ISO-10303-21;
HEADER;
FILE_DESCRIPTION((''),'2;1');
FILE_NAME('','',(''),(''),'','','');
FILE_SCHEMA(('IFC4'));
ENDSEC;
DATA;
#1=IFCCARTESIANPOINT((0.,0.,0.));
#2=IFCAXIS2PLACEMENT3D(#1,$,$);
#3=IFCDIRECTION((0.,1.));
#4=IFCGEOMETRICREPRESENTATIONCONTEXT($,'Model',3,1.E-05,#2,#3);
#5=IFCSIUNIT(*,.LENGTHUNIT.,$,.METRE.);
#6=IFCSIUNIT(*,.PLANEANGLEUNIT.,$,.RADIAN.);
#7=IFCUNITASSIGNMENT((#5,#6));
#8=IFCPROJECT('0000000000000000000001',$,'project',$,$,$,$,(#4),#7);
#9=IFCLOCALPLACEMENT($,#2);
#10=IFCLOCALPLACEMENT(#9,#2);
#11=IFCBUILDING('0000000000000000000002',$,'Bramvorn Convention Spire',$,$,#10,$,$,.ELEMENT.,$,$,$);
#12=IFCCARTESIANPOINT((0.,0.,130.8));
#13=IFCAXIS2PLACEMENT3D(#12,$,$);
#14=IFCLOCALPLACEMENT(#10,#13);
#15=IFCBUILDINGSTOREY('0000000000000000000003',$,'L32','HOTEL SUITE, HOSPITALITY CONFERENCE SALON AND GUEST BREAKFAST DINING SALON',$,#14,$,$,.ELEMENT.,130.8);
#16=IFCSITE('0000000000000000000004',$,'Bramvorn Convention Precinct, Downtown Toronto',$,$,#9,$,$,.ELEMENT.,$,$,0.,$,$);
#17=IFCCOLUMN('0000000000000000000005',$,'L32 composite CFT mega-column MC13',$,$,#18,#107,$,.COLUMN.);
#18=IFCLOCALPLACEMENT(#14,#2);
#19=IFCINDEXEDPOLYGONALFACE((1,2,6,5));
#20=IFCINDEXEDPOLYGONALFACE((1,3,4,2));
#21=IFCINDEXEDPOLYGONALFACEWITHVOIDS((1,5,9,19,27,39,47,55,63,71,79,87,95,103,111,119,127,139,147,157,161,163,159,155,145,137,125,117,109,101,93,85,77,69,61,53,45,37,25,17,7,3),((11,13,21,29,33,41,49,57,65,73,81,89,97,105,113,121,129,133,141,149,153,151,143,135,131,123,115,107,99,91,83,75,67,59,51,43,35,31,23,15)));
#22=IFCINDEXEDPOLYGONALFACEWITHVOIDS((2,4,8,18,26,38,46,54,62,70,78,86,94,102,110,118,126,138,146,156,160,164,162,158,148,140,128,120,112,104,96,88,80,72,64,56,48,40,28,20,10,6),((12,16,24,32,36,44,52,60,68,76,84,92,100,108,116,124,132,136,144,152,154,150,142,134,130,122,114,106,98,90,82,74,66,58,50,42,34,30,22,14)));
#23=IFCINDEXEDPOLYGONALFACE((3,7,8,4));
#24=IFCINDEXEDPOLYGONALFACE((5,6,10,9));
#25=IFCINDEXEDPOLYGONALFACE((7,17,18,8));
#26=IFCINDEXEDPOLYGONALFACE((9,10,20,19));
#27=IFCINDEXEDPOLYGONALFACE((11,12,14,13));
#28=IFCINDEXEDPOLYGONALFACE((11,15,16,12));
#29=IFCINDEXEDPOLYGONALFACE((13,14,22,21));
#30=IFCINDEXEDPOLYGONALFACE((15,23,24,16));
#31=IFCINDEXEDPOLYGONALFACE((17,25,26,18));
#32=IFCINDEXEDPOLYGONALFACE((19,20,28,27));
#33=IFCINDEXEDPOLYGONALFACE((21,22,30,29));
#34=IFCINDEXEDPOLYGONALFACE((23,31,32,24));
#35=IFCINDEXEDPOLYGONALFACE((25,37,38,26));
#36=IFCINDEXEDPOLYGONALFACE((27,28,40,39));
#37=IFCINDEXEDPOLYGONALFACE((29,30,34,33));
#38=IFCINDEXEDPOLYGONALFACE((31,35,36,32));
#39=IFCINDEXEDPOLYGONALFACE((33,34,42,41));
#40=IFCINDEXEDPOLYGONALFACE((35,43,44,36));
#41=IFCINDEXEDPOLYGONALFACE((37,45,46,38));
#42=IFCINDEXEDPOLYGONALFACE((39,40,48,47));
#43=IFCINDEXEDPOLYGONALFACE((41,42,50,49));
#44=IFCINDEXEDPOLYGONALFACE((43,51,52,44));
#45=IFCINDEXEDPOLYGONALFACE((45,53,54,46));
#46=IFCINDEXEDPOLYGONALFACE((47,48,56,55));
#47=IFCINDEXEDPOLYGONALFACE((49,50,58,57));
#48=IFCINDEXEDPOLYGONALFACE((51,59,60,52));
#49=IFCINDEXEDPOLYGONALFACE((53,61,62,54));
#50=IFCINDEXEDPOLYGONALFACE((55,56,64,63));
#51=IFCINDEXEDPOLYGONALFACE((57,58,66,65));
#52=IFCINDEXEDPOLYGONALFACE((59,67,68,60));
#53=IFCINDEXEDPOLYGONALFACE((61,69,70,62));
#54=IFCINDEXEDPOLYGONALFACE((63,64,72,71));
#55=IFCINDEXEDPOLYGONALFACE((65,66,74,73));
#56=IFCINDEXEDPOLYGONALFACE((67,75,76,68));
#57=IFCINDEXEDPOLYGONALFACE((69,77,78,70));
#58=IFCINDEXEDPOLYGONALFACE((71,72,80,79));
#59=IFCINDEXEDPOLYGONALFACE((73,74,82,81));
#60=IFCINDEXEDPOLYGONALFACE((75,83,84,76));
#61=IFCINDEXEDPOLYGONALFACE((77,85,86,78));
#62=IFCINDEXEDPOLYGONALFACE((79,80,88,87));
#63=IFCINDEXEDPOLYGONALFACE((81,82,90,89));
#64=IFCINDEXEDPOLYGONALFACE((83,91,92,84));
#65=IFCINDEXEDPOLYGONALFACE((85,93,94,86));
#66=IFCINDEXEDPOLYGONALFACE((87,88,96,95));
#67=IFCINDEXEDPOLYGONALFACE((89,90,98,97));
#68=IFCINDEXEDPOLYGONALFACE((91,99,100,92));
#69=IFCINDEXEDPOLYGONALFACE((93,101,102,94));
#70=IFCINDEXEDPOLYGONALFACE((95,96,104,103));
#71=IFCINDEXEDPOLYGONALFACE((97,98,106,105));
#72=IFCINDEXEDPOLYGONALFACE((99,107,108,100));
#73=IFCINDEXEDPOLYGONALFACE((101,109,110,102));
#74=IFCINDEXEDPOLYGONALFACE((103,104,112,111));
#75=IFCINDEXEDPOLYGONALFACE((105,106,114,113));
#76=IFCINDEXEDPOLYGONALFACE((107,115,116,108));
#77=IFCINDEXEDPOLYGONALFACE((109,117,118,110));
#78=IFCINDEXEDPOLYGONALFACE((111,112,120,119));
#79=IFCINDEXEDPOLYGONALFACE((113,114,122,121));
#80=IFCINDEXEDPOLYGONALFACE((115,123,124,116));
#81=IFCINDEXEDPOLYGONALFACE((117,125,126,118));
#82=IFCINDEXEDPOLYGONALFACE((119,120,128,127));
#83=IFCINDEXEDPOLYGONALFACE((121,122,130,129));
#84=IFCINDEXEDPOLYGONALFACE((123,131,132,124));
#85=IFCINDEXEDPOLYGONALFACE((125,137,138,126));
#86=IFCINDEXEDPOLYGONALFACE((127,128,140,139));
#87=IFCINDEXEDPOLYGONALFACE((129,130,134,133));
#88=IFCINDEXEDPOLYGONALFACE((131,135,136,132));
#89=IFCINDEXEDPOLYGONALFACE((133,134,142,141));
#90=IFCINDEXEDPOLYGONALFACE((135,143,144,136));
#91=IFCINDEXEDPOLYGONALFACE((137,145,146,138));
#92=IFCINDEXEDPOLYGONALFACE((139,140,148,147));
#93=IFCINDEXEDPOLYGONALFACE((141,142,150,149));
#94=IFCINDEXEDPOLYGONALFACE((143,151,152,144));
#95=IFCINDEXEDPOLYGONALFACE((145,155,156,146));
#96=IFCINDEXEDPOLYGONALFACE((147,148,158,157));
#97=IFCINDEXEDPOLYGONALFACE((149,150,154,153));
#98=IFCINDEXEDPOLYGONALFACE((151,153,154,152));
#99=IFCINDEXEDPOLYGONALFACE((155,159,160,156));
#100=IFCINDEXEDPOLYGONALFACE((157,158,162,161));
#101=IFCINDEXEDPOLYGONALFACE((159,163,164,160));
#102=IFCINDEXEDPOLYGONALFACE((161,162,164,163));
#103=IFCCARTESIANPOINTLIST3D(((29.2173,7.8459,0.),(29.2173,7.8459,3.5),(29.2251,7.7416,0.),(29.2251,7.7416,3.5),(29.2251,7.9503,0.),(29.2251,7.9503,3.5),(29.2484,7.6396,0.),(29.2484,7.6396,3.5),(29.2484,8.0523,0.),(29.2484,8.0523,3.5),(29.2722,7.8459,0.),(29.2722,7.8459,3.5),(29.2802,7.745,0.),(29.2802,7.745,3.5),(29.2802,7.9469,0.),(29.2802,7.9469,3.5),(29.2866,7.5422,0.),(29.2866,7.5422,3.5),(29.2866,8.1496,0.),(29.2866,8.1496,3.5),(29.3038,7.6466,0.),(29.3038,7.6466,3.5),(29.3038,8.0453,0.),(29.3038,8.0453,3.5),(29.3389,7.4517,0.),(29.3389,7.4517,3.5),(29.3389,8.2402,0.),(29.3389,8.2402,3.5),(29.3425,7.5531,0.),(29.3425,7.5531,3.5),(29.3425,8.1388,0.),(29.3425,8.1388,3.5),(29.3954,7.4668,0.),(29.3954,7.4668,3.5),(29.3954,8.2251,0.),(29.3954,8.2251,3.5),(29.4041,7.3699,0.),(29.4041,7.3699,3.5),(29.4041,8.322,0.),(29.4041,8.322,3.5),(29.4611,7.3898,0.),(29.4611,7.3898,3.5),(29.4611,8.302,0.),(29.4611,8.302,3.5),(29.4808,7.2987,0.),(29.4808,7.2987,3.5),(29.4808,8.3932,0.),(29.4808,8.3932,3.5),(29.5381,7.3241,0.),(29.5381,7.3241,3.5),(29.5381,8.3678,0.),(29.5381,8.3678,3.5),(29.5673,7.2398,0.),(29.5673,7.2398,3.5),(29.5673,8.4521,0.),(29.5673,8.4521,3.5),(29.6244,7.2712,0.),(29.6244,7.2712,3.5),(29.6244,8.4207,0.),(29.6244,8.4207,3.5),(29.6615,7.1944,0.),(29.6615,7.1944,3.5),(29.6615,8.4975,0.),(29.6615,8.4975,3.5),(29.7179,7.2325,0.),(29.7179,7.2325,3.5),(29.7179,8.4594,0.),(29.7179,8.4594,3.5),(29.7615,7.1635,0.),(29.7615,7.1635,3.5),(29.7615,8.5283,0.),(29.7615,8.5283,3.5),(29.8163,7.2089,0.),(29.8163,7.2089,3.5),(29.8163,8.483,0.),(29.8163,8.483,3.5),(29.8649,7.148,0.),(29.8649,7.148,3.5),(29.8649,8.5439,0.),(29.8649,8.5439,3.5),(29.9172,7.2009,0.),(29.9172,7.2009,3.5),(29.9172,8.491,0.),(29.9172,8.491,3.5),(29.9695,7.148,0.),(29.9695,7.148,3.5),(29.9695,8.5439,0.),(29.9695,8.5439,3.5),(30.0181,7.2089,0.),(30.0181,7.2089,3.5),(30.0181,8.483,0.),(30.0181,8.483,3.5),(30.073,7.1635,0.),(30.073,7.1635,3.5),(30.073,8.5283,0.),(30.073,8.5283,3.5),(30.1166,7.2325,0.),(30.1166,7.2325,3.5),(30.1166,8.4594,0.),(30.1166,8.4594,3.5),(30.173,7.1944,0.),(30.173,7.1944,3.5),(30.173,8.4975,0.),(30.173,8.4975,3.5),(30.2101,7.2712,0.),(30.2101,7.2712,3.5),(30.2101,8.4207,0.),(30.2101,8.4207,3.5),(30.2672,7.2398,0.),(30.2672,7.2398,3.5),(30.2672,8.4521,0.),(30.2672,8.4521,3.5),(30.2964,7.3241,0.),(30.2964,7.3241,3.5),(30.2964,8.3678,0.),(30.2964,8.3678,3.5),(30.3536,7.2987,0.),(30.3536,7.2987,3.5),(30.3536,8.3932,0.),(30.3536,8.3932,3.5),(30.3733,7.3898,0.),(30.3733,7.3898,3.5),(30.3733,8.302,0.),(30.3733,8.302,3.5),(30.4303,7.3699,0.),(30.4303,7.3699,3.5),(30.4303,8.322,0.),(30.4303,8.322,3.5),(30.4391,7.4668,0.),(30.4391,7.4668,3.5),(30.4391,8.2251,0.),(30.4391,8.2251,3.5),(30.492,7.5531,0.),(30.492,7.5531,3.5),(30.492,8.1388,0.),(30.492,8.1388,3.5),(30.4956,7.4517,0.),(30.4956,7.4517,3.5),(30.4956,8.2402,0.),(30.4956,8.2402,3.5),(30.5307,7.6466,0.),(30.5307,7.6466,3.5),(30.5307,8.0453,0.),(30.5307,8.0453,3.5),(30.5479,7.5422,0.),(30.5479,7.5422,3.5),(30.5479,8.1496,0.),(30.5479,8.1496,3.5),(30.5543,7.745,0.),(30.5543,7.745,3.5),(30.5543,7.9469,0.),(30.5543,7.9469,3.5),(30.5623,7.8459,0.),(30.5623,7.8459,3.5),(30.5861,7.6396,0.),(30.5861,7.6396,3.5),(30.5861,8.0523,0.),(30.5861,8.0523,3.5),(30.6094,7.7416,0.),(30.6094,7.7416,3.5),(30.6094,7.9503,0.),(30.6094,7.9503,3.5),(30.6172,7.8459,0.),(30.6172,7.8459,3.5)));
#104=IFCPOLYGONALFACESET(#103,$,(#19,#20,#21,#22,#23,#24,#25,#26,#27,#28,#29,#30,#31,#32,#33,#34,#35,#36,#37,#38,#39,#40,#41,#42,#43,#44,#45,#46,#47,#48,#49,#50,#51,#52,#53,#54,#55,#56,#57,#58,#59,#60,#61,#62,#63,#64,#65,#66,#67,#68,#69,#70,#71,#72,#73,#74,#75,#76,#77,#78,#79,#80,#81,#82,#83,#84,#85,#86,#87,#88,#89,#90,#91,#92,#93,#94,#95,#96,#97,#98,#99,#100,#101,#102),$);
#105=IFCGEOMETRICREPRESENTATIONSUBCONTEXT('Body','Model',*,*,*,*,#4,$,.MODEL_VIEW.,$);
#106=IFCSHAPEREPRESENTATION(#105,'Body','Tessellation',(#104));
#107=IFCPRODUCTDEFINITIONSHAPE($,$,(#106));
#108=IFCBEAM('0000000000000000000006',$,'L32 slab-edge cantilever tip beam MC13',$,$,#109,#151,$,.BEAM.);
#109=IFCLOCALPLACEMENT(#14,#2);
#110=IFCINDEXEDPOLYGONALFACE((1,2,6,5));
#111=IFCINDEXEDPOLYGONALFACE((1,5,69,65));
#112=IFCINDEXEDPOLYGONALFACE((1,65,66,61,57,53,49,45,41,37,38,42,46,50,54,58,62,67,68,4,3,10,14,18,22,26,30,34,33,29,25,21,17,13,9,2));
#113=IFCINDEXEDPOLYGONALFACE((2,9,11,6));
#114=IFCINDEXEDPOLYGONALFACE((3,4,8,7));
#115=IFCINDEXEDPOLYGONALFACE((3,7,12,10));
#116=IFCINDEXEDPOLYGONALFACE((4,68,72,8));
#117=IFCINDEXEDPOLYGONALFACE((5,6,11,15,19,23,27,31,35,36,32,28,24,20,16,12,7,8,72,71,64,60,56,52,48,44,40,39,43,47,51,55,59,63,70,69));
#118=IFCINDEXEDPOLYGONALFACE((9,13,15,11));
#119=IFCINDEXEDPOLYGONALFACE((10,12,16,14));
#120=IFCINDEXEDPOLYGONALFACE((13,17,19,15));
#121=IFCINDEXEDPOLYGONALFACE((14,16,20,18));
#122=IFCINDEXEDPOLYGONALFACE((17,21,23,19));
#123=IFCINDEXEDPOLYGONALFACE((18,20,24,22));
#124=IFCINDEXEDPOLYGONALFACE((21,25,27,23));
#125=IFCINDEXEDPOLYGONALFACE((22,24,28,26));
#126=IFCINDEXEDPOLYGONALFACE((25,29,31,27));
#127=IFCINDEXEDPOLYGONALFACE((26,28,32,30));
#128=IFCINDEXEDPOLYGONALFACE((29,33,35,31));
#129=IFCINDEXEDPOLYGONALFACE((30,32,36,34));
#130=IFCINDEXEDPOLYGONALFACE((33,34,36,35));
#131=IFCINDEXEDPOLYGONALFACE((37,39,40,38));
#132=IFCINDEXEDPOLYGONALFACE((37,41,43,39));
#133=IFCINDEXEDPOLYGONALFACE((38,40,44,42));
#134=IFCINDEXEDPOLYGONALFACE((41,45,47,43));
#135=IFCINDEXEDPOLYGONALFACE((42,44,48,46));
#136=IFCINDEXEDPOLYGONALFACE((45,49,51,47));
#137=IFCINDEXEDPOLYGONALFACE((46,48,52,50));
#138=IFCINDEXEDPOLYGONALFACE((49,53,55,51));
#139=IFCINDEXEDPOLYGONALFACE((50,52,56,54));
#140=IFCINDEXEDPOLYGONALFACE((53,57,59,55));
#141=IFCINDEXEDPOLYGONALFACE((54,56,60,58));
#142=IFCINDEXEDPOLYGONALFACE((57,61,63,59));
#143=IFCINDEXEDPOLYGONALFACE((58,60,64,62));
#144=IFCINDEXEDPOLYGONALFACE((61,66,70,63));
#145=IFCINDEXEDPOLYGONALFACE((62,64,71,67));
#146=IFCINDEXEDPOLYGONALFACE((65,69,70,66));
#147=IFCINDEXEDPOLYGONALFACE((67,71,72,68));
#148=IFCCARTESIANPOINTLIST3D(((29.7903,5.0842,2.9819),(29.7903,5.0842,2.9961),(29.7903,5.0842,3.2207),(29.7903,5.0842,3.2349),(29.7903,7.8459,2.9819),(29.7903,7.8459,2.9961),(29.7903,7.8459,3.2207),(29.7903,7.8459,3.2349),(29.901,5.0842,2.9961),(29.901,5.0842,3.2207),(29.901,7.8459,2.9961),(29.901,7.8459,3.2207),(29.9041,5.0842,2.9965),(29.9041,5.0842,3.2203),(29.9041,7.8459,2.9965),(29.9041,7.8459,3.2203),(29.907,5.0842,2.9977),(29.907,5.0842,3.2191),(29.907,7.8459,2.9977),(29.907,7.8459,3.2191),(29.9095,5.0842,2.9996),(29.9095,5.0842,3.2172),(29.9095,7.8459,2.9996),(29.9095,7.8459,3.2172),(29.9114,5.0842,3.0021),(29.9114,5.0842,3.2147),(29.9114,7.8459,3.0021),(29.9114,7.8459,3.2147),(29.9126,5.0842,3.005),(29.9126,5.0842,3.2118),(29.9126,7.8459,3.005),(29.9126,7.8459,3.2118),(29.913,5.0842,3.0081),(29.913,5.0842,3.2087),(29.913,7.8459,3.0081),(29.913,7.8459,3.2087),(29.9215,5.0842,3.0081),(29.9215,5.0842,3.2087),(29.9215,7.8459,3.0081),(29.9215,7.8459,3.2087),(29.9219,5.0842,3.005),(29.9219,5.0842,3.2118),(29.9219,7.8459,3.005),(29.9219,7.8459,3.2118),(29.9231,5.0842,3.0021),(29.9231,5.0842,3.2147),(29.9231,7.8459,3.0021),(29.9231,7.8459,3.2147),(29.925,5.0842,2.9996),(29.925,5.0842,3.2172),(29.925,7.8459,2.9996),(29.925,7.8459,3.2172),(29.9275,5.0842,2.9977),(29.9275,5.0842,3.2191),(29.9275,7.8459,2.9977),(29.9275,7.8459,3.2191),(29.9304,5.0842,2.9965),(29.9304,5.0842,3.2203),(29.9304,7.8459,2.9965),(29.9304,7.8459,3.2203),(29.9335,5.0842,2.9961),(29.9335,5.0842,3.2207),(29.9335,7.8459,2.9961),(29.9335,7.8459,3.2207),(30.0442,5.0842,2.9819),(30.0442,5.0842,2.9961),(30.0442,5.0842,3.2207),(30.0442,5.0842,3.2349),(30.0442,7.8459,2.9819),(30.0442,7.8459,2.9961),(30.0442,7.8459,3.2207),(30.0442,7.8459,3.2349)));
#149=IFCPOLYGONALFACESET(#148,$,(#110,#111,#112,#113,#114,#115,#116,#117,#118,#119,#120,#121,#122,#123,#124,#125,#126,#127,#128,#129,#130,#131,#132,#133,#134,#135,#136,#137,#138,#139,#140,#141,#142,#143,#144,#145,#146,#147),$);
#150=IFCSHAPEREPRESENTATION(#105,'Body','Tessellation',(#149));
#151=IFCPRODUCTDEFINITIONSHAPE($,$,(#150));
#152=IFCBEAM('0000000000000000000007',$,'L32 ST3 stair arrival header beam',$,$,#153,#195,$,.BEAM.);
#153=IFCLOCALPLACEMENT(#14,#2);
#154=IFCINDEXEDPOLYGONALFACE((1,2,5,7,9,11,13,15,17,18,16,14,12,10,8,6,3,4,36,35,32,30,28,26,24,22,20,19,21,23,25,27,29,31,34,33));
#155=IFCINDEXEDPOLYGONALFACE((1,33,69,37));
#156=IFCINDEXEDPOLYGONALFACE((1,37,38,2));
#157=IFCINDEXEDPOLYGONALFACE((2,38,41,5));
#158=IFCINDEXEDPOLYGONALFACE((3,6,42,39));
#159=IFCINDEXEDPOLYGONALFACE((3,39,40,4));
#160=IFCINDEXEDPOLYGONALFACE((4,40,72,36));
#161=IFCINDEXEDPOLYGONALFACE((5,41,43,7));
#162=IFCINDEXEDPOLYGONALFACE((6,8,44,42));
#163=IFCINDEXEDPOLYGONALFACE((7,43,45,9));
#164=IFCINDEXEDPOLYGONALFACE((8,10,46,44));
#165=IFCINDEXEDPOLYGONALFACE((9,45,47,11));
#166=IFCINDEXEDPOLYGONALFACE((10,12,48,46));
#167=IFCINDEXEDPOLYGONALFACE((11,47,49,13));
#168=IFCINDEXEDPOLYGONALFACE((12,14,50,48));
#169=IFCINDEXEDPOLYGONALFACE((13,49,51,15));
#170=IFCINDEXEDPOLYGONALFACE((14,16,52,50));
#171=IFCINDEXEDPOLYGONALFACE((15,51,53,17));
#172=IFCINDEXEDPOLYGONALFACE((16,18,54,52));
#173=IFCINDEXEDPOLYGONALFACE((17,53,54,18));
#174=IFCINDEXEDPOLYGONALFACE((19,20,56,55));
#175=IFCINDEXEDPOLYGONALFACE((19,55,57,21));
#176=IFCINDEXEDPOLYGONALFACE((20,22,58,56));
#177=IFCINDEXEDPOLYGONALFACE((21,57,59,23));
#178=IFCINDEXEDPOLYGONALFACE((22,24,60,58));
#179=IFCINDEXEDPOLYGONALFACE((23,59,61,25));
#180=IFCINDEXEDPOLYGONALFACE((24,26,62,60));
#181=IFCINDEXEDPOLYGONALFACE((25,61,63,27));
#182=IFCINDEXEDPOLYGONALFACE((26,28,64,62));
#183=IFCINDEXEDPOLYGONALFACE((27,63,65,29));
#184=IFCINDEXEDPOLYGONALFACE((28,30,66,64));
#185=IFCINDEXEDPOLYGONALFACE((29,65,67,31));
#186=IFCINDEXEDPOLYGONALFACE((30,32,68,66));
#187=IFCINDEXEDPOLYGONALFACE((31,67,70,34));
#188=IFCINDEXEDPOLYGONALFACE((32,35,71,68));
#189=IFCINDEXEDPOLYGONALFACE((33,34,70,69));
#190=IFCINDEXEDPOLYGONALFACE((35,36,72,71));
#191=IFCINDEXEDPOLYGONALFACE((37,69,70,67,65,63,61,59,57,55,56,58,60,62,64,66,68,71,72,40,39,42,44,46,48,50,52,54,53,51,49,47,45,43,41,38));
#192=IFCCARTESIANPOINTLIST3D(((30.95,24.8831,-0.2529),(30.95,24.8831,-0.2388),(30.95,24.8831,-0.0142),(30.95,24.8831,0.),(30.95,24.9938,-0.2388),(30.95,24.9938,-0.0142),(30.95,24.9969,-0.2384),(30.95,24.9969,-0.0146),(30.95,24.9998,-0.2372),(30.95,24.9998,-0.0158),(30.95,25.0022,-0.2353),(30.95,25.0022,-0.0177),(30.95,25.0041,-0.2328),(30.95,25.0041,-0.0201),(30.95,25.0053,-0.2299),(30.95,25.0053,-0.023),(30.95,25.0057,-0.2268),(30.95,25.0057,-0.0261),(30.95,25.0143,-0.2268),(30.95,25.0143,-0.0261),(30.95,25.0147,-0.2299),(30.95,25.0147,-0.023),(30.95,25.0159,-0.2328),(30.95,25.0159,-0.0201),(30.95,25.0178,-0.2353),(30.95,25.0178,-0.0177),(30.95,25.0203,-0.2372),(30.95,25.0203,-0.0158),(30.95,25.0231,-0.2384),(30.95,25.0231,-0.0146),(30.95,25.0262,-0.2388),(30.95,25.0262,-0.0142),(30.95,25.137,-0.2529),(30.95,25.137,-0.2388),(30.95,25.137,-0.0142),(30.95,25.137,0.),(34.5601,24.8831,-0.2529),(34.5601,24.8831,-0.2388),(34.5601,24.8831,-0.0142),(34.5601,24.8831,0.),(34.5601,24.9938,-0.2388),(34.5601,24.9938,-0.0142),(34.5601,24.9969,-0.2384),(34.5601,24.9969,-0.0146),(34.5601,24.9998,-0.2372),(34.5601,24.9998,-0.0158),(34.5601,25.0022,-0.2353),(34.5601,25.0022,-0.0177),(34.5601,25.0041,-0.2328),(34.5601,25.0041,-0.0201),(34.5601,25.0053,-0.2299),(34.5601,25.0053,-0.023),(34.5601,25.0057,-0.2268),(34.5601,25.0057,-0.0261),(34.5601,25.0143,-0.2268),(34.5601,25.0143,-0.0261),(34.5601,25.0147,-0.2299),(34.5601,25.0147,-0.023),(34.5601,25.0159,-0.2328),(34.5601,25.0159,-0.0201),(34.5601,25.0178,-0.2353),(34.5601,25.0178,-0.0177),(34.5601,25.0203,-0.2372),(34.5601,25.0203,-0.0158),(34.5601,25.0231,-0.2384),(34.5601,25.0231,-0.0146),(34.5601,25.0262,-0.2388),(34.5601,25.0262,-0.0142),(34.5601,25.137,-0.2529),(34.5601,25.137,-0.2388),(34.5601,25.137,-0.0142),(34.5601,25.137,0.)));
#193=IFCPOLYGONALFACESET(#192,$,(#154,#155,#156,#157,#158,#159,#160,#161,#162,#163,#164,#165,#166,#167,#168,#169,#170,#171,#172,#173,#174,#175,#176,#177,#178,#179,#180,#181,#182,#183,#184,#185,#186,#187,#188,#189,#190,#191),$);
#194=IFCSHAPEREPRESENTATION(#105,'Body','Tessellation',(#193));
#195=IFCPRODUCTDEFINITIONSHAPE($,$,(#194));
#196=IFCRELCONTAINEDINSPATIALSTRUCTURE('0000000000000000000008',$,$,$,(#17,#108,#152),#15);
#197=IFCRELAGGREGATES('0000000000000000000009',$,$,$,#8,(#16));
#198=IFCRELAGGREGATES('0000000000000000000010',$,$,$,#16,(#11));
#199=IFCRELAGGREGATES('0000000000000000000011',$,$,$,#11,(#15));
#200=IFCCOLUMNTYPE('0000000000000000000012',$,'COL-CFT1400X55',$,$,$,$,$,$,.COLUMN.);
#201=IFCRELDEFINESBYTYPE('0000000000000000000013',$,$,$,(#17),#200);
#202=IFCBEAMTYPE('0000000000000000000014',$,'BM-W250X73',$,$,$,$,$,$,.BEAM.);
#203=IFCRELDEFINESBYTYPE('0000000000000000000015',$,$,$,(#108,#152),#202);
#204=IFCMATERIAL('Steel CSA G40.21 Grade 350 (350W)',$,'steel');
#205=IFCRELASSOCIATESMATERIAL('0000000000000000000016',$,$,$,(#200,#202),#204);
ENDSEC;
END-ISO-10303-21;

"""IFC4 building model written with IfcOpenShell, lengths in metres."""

from ifc_helpers import new_model, si_unit, direction, frame, origin, origin_2d, place, context, subcontext, project, spatial, hollow_circle, i_section, extrude, material, material_profile, profile_set, type_object, element, save


model = new_model("IFC4")

# Units and contexts
model_context = context("Model", 3, precision=1e-05, world=origin(), true_north=direction((0.0, 1.0)))
body_context = subcontext(model_context, "Body", "Model", "MODEL_VIEW")
ifc_project = project(units=[si_unit("LENGTHUNIT", "METRE"), si_unit("PLANEANGLEUNIT", "RADIAN")], contexts=[model_context])

# Site, building, storey
site_placement = place(None, origin())
site = spatial("IfcSite", under=ifc_project, at=site_placement, Name="Bramvorn Convention Precinct, Downtown Toronto", CompositionType="ELEMENT", RefElevation=0.0)
building_placement = place(site_placement, origin())
building = spatial("IfcBuilding", under=site, at=building_placement, Name="Bramvorn Convention Spire", CompositionType="ELEMENT")
storey_placement = place(building_placement, frame((0.0, 0.0, 130.8)))
storey = spatial("IfcBuildingStorey", under=building, at=storey_placement, Name="L32", Description="HOTEL SUITE, HOSPITALITY CONFERENCE SALON AND GUEST BREAKFAST DINING SALON", CompositionType="ELEMENT", Elevation=130.8)

# Column
ifc_material_1 = material(Name="Steel CSA G40.21 Grade 350 (350W)", Category="steel")
ifc_material_profile_1 = material_profile(ifc_material_1, hollow_circle(Radius=0.7, WallThickness=0.0549, at=origin_2d()))
ifc_profile_set_1 = profile_set([ifc_material_profile_1], Name="Steel CSA G40.21 Grade 350 (350W) - CFT1400X55")
column_type = type_object("IfcColumnType", Name="COL-CFT1400X55", PredefinedType="COLUMN", material=ifc_profile_set_1)
column_placement = place(storey_placement, frame((29.9172, 7.8459, 0.0), z_axis=(0.0, 0.0, 1.0), x_axis=(1.0, 0.0, 0.0)))
element("IfcColumn", 1, at=column_placement, inside=storey, type_object=column_type, Name="L32 composite CFT mega-column MC13", PredefinedType="COLUMN", context=body_context, shape_type="SweptSolid", body=[
    extrude(hollow_circle(Radius=0.7, WallThickness=0.0549, at=origin_2d()), origin(), (0.0, 0.0, 1.0), 3.5),
])

# Beams
ifc_material_profile_2 = material_profile(ifc_material_1, i_section(OverallWidth=0.2539, OverallDepth=0.2529, WebThickness=0.0085, FlangeThickness=0.0142, FilletRadius=0.012, at=origin_2d()))
ifc_profile_set_2 = profile_set([ifc_material_profile_2], Name="Steel CSA G40.21 Grade 350 (350W) - W250X73")
beam_type_1 = type_object("IfcBeamType", Name="BM-W250X73", PredefinedType="BEAM", material=ifc_profile_set_2)
beam_1_placement = place(storey_placement, frame((29.9172, 7.8459, 3.1084), z_axis=(0.0, -1.0, 0.0), x_axis=(1.0, 0.0, 0.0)))
element("IfcBeam", 2, at=beam_1_placement, inside=storey, type_object=beam_type_1, Name="L32 slab-edge cantilever tip beam MC13", PredefinedType="BEAM", context=body_context, shape_type="SweptSolid", body=[
    extrude(i_section(OverallWidth=0.2539, OverallDepth=0.2529, WebThickness=0.0085, FlangeThickness=0.0142, FilletRadius=0.012, at=origin_2d()), origin(), (0.0, 0.0, 1.0), 2.7617),
])
beam_2_placement = place(storey_placement, frame((30.95, 25.01, -0.1265), z_axis=(1.0, 0.0, 0.0), x_axis=(0.0, 1.0, 0.0)))
element("IfcBeam", 3, at=beam_2_placement, inside=storey, type_object=beam_type_1, Name="L32 ST3 stair arrival header beam", PredefinedType="BEAM", context=body_context, shape_type="SweptSolid", body=[
    extrude(i_section(OverallWidth=0.2539, OverallDepth=0.2529, WebThickness=0.0085, FlangeThickness=0.0142, FilletRadius=0.012, at=origin_2d()), origin(), (0.0, 0.0, 1.0), 3.6101),
])

save(model, "model.ifc")
